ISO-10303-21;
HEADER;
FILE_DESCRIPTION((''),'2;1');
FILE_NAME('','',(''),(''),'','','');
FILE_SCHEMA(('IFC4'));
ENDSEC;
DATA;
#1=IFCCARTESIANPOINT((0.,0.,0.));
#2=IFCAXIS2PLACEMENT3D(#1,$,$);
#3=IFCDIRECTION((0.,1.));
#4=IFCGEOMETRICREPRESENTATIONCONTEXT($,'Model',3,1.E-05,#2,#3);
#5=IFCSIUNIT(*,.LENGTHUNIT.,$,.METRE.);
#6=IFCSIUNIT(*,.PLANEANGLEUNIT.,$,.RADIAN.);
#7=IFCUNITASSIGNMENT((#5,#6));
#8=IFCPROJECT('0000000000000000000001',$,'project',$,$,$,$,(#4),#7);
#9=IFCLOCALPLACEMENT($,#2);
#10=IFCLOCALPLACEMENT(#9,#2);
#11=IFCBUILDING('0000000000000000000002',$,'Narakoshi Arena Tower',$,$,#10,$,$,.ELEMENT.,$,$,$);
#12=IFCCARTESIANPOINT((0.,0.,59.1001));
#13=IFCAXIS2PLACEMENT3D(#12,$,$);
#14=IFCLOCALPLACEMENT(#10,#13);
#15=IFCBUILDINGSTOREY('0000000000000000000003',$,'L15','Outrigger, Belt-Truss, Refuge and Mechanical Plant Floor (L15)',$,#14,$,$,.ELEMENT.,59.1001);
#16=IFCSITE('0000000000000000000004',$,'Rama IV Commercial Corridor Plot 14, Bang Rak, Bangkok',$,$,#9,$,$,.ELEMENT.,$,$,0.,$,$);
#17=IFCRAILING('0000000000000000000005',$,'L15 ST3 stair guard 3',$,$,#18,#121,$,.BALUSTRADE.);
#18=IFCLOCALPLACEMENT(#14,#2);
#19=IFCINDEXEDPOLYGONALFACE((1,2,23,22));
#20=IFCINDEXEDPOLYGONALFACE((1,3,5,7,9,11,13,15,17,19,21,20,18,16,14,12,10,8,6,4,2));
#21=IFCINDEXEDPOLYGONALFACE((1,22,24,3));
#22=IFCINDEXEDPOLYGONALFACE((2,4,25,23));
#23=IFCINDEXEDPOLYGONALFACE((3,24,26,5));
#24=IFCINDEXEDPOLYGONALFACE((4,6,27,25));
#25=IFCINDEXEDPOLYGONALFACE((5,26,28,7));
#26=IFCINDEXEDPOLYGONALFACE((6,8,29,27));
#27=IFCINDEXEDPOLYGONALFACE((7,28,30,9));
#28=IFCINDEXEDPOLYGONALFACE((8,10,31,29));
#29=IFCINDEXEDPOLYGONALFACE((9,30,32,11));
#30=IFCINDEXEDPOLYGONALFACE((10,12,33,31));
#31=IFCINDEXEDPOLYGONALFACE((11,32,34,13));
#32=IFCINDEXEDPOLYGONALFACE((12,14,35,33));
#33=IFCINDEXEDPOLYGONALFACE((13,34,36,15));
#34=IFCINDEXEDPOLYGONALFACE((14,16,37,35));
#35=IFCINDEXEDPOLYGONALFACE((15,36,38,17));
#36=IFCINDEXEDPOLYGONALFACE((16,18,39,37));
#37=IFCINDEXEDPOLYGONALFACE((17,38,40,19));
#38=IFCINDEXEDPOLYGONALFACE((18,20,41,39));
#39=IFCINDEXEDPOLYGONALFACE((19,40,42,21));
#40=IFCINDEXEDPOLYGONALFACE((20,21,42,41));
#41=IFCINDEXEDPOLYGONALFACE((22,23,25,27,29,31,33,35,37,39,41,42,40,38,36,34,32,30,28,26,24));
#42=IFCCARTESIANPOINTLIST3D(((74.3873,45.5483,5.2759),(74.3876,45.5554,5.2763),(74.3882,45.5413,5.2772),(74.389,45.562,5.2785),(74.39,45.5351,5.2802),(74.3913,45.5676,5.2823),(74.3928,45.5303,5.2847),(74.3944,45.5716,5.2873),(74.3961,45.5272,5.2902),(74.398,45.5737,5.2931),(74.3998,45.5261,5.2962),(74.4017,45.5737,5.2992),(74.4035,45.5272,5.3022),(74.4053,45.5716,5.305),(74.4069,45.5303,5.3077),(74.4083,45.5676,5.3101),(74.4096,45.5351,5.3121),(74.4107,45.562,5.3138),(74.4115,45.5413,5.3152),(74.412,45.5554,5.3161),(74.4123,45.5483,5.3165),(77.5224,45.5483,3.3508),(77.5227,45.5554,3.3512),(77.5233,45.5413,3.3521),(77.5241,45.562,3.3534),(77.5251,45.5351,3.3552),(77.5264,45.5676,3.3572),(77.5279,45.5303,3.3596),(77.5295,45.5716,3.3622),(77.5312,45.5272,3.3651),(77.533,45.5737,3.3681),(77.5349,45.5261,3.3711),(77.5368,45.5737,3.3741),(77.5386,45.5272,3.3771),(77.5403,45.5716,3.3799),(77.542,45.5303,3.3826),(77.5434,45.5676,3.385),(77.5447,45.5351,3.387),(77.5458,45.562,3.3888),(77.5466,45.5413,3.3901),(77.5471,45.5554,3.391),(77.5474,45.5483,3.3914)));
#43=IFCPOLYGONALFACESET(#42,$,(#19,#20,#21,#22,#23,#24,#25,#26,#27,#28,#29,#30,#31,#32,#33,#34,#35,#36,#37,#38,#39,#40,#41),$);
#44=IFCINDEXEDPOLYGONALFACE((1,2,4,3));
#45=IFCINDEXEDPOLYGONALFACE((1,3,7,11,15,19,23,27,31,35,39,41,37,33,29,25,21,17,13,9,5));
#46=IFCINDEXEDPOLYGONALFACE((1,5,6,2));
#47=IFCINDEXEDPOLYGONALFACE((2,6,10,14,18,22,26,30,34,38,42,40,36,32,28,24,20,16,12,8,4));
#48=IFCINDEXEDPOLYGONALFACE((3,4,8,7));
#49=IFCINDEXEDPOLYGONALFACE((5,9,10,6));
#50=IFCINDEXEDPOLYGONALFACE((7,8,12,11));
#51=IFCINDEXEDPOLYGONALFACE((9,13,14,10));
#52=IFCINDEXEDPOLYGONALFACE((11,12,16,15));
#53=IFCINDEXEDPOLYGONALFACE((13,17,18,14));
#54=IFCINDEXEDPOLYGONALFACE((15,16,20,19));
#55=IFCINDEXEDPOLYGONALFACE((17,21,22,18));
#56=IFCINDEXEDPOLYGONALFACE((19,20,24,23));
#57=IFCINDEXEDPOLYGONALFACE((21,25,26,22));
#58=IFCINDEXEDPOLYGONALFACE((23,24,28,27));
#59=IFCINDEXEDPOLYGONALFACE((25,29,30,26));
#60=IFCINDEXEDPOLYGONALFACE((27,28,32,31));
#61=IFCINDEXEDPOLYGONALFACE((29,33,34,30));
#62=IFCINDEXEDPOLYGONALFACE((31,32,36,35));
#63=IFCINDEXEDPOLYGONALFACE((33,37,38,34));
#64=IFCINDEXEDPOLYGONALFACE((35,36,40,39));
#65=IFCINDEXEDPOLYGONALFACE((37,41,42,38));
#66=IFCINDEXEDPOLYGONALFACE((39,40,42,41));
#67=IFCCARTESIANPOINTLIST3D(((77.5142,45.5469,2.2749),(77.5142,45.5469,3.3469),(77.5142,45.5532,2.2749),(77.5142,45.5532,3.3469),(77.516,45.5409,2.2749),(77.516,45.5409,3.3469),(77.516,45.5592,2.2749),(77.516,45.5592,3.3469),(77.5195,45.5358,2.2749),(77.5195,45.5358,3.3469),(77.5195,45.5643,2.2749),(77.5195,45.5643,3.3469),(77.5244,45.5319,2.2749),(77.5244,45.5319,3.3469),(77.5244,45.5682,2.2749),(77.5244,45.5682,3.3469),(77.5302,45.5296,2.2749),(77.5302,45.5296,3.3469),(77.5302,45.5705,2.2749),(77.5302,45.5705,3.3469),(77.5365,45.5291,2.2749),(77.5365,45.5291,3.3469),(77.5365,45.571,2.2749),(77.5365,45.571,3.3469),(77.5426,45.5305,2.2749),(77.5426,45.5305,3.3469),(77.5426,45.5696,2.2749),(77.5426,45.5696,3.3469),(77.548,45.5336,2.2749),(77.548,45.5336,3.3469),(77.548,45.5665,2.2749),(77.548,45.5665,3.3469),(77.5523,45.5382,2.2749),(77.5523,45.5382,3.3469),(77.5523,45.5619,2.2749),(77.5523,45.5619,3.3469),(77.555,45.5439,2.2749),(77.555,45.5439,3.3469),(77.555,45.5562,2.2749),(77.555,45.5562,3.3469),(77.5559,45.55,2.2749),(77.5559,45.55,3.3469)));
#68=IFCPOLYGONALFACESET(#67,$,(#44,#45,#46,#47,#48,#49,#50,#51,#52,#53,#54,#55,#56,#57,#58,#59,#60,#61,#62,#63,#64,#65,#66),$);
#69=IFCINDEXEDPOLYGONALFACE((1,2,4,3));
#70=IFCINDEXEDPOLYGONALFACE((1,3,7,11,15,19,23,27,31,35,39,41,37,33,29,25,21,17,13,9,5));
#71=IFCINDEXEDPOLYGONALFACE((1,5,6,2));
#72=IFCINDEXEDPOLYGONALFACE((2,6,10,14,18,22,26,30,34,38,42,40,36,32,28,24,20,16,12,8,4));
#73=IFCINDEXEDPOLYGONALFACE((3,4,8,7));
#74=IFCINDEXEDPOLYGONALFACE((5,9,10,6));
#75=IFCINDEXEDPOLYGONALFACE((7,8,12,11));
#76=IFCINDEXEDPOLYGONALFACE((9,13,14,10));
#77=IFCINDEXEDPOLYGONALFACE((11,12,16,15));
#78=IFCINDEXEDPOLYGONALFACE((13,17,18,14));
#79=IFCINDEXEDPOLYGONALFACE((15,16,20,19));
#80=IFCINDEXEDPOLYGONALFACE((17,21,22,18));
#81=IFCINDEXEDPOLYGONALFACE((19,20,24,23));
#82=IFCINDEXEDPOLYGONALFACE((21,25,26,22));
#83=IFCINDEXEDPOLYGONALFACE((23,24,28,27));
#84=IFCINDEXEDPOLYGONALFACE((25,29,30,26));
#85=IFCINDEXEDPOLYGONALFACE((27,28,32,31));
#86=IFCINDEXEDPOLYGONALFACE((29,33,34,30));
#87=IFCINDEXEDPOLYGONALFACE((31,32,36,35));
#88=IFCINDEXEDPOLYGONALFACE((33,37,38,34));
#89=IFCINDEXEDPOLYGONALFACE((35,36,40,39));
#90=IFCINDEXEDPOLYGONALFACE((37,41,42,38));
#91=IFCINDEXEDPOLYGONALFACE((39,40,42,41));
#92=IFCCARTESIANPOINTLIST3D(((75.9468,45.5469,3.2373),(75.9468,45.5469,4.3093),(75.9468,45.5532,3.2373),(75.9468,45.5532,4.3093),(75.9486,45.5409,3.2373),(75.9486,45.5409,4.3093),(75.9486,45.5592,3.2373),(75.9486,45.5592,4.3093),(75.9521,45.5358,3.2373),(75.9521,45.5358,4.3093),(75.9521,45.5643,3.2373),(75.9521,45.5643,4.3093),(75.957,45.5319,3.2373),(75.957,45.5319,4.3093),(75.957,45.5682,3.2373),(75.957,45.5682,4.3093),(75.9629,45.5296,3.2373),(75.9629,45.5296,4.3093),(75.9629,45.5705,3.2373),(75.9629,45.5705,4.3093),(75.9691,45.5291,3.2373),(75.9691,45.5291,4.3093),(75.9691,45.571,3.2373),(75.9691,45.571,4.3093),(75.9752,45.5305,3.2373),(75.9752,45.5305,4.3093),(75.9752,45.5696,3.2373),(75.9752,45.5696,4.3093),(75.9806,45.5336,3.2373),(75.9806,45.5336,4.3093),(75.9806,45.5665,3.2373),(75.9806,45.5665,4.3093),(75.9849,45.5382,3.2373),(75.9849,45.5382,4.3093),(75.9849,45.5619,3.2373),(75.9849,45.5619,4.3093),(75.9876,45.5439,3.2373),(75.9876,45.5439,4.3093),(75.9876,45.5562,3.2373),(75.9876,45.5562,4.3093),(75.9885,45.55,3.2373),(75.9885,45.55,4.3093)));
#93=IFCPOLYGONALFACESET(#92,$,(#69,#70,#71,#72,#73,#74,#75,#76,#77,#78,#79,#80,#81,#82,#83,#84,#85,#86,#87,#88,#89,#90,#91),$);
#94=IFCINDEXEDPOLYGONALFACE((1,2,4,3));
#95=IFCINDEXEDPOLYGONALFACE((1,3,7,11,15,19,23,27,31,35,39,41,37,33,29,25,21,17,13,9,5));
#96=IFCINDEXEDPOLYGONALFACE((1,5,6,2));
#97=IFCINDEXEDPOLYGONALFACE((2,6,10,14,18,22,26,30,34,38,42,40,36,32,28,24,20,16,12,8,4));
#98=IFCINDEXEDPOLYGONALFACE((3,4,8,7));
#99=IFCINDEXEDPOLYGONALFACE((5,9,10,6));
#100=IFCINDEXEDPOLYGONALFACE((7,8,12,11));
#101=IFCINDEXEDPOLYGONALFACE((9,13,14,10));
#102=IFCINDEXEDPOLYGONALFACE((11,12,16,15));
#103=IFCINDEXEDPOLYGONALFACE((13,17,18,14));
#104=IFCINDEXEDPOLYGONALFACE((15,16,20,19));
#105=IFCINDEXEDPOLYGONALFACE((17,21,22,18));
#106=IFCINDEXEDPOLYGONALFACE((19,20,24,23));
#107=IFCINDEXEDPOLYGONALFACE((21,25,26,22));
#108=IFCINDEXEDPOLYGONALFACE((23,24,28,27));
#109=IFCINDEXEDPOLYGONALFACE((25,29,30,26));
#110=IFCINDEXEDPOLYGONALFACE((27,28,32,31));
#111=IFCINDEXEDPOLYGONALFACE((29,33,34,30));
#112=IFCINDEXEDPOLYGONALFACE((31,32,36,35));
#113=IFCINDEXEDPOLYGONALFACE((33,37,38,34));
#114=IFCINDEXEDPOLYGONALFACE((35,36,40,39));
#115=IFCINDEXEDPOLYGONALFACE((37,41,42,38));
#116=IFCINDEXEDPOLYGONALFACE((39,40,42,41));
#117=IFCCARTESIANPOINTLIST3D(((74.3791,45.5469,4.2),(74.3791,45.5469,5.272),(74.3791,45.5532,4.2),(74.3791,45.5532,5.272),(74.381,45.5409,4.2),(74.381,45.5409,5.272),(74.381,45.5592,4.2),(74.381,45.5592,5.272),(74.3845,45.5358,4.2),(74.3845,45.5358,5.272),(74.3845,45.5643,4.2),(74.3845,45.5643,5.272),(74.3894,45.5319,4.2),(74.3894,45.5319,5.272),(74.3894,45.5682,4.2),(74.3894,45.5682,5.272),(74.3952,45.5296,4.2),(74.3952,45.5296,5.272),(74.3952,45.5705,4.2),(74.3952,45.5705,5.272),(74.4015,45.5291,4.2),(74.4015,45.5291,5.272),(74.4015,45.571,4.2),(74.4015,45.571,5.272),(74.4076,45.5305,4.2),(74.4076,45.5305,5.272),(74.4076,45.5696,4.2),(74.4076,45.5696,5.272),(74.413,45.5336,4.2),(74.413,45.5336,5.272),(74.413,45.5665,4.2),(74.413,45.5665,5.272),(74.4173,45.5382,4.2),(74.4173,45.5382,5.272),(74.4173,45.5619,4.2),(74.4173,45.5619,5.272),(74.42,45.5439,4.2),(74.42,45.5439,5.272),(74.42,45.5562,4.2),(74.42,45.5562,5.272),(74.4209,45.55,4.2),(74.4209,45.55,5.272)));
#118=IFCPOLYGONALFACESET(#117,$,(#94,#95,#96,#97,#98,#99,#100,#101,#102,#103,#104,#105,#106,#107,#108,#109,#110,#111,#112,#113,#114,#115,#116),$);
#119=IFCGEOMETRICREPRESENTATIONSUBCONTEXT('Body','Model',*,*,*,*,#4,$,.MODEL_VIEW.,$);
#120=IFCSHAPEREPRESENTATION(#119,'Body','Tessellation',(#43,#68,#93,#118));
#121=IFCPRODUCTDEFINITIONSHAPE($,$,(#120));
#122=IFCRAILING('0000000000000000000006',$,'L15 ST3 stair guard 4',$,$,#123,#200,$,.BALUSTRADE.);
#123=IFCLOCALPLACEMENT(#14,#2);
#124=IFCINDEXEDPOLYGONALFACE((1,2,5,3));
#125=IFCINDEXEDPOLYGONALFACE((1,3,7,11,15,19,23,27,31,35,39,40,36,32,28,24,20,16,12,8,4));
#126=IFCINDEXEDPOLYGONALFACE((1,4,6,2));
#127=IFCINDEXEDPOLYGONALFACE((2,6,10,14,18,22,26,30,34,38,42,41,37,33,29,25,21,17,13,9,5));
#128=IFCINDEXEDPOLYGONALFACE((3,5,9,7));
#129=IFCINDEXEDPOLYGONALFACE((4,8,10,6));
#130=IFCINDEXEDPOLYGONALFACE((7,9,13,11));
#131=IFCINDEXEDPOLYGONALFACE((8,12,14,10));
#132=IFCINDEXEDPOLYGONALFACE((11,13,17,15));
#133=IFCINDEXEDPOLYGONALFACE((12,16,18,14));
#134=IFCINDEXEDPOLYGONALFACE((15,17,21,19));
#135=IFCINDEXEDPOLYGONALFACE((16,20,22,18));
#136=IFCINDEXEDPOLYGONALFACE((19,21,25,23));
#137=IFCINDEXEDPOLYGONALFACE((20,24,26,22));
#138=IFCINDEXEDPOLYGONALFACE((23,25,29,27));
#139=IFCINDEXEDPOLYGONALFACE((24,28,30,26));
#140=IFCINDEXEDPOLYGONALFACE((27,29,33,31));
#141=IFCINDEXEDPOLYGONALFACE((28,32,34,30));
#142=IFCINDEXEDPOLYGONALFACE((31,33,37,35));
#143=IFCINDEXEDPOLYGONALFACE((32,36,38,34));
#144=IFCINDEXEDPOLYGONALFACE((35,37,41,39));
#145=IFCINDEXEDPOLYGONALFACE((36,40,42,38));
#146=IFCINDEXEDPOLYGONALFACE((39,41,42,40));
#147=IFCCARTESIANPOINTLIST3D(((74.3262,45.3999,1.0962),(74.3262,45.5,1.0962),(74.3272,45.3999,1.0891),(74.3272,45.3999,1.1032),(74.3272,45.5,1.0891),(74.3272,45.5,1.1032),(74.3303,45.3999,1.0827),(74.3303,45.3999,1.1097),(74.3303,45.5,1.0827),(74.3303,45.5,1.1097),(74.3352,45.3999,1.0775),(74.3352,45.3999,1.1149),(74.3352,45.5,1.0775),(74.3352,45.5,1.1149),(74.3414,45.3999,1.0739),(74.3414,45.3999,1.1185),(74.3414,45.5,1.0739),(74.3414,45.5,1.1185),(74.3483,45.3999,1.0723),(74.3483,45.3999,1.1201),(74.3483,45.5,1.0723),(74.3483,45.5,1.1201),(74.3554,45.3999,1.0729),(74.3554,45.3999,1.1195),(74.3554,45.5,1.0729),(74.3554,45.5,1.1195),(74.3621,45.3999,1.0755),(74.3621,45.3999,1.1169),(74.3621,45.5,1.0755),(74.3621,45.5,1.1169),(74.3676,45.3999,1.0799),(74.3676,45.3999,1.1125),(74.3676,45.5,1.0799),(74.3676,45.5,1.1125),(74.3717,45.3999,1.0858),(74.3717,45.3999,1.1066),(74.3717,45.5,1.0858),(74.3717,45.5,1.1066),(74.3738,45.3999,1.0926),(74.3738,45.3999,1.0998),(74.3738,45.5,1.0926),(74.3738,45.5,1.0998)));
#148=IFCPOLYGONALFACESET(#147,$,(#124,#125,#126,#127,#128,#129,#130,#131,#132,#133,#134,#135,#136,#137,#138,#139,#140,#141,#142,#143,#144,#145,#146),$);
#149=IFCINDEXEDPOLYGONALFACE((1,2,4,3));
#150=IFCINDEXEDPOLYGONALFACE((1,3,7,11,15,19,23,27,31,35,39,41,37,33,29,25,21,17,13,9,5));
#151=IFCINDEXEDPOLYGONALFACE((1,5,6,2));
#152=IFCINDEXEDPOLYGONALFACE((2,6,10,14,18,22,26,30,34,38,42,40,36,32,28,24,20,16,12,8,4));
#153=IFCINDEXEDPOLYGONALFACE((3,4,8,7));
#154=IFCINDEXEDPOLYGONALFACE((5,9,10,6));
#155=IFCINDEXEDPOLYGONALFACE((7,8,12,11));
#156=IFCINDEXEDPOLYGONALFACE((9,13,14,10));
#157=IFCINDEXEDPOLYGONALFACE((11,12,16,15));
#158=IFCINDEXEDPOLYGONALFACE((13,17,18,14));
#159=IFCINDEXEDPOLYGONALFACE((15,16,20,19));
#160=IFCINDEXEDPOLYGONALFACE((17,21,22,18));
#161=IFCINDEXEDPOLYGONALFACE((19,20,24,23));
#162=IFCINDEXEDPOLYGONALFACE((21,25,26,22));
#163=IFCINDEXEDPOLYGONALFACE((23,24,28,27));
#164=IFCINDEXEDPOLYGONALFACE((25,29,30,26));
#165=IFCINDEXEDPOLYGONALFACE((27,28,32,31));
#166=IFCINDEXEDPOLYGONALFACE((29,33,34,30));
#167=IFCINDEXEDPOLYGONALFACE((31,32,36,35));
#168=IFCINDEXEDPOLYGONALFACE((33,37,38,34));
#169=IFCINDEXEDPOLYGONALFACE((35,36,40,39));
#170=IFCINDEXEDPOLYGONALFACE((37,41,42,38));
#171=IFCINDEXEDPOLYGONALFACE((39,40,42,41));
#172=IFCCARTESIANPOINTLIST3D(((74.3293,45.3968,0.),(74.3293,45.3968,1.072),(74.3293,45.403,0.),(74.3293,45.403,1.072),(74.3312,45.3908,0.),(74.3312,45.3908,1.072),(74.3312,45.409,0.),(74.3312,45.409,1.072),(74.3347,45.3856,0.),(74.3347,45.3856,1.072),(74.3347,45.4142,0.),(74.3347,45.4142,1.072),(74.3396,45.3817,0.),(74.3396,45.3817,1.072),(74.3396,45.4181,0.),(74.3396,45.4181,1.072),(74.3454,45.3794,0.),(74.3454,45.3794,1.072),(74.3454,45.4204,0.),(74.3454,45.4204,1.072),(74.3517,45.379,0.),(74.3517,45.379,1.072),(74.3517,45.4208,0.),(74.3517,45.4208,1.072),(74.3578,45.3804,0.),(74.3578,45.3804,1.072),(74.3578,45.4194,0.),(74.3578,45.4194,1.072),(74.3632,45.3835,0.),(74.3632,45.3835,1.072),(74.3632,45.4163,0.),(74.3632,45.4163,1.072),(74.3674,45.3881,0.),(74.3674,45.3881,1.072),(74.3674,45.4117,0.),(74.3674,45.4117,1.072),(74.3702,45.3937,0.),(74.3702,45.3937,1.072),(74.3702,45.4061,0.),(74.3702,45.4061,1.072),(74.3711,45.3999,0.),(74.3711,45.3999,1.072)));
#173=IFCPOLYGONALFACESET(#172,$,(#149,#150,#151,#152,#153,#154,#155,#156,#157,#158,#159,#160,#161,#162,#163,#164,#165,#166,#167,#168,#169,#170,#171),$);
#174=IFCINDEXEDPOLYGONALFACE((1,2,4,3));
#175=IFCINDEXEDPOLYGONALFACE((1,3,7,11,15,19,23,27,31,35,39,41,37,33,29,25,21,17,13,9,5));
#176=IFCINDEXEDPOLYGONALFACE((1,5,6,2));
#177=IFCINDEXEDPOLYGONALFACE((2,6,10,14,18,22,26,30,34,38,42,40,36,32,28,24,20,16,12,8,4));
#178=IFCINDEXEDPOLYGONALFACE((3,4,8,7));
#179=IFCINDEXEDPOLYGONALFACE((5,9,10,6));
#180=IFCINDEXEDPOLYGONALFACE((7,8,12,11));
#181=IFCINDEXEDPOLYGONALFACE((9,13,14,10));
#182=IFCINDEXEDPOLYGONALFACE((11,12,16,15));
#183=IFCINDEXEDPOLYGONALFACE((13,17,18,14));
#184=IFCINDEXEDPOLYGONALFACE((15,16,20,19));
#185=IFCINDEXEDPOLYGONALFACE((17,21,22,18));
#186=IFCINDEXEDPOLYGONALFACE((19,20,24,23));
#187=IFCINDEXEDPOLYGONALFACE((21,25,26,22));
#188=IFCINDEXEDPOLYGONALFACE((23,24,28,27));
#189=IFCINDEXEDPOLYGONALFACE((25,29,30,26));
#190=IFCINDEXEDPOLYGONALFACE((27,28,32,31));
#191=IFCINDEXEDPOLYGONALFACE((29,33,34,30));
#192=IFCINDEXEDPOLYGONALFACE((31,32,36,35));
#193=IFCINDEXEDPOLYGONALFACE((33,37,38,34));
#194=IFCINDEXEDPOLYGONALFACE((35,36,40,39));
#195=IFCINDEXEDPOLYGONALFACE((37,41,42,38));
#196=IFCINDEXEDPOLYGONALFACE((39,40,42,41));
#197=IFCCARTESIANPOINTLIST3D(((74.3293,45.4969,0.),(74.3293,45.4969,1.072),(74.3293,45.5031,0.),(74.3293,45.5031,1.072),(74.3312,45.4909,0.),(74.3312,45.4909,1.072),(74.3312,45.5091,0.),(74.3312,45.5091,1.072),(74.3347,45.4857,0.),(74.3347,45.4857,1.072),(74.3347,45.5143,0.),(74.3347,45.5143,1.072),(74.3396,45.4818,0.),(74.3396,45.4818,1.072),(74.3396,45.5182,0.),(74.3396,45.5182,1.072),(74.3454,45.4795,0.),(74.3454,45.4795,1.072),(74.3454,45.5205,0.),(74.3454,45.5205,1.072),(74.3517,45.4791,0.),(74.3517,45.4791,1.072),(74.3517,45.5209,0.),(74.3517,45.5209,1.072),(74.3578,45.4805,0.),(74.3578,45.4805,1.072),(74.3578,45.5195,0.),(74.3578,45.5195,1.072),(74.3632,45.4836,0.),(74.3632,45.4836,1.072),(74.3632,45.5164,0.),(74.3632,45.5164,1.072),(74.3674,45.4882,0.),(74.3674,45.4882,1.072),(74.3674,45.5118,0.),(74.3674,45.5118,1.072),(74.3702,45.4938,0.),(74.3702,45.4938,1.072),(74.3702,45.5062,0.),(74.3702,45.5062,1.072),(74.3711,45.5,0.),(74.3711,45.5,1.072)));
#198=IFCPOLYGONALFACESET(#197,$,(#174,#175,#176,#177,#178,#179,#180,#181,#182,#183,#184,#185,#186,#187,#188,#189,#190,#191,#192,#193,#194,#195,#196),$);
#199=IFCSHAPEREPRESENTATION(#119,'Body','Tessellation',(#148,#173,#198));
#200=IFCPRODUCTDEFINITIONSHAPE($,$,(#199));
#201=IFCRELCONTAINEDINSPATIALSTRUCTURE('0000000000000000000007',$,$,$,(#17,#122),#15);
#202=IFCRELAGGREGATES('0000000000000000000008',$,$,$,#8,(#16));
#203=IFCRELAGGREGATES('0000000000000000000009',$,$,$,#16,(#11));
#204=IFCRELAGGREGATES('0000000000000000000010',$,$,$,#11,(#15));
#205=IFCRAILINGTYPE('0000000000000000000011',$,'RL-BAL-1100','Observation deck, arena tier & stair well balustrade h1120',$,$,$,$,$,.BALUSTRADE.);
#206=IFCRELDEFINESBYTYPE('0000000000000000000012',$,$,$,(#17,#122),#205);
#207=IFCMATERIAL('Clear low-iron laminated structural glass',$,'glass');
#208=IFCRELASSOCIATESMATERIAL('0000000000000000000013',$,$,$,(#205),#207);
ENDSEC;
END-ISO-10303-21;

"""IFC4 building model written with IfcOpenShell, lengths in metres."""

from ifc_helpers import new_model, si_unit, direction, frame, origin, origin_2d, place, context, subcontext, project, spatial, circle, extrude, material, type_object, element, save


model = new_model("IFC4")

# Units and contexts
model_context = context("Model", 3, precision=1e-05, world=origin(), true_north=direction((0.0, 1.0)))
body_context = subcontext(model_context, "Body", "Model", "MODEL_VIEW")
ifc_project = project(units=[si_unit("LENGTHUNIT", "METRE"), si_unit("PLANEANGLEUNIT", "RADIAN")], contexts=[model_context])

# Site, building, storey
site_placement = place(None, origin())
site = spatial("IfcSite", under=ifc_project, at=site_placement, Name="Rama IV Commercial Corridor Plot 14, Bang Rak, Bangkok", CompositionType="ELEMENT", RefElevation=0.0)
building_placement = place(site_placement, origin())
building = spatial("IfcBuilding", under=site, at=building_placement, Name="Narakoshi Arena Tower", CompositionType="ELEMENT")
storey_placement = place(building_placement, frame((0.0, 0.0, 59.1001)))
storey = spatial("IfcBuildingStorey", under=building, at=storey_placement, Name="L15", Description="Outrigger, Belt-Truss, Refuge and Mechanical Plant Floor (L15)", CompositionType="ELEMENT", Elevation=59.1001)

# Railings
ifc_material_1 = material(Name="Clear low-iron laminated structural glass", Category="glass")
railing_type_1 = type_object("IfcRailingType", Name="RL-BAL-1100", Description="Observation deck, arena tier & stair well balustrade h1120", PredefinedType="BALUSTRADE", material=ifc_material_1)
railing_1_placement = place(storey_placement, frame((77.5349, 45.55, 2.2749)))
element("IfcRailing", 1, at=railing_1_placement, inside=storey, type_object=railing_type_1, Name="L15 ST3 stair guard 3", PredefinedType="BALUSTRADE", context=body_context, shape_type="SweptSolid", body=[
    extrude(circle(Radius=0.0239, at=origin_2d()), frame((0.0, 0.0, 1.0962), z_axis=(-0.852166, 0.0, 0.523271), x_axis=(0.0, -1.0, 0.0)), (0.0, 0.0, 1.0), 3.679),
    extrude(circle(Radius=0.021, at=origin_2d()), origin(), (0.0, 0.0, 1.0), 1.072),
    extrude(circle(Radius=0.021, at=origin_2d()), frame((-1.5674, 0.0, 0.9624)), (0.0, 0.0, 1.0), 1.072),
    extrude(circle(Radius=0.021, at=origin_2d()), frame((-3.135, 0.0, 1.925)), (0.0, 0.0, 1.0), 1.072),
])
railing_2_placement = place(storey_placement, frame((74.3501, 45.3999, 0.0)))
element("IfcRailing", 2, at=railing_2_placement, inside=storey, type_object=railing_type_1, Name="L15 ST3 stair guard 4", PredefinedType="BALUSTRADE", context=body_context, shape_type="SweptSolid", body=[
    extrude(circle(Radius=0.0239, at=origin_2d()), frame((0.0, 0.0, 1.0962), z_axis=(0.0, 1.0, 0.0), x_axis=(-1.0, 0.0, 0.0)), (0.0, 0.0, 1.0), 0.1001),
    extrude(circle(Radius=0.021, at=origin_2d()), origin(), (0.0, 0.0, 1.0), 1.072),
    extrude(circle(Radius=0.021, at=origin_2d()), frame((0.0, 0.1001, 0.0)), (0.0, 0.0, 1.0), 1.072),
])

save(model, "model.ifc")
